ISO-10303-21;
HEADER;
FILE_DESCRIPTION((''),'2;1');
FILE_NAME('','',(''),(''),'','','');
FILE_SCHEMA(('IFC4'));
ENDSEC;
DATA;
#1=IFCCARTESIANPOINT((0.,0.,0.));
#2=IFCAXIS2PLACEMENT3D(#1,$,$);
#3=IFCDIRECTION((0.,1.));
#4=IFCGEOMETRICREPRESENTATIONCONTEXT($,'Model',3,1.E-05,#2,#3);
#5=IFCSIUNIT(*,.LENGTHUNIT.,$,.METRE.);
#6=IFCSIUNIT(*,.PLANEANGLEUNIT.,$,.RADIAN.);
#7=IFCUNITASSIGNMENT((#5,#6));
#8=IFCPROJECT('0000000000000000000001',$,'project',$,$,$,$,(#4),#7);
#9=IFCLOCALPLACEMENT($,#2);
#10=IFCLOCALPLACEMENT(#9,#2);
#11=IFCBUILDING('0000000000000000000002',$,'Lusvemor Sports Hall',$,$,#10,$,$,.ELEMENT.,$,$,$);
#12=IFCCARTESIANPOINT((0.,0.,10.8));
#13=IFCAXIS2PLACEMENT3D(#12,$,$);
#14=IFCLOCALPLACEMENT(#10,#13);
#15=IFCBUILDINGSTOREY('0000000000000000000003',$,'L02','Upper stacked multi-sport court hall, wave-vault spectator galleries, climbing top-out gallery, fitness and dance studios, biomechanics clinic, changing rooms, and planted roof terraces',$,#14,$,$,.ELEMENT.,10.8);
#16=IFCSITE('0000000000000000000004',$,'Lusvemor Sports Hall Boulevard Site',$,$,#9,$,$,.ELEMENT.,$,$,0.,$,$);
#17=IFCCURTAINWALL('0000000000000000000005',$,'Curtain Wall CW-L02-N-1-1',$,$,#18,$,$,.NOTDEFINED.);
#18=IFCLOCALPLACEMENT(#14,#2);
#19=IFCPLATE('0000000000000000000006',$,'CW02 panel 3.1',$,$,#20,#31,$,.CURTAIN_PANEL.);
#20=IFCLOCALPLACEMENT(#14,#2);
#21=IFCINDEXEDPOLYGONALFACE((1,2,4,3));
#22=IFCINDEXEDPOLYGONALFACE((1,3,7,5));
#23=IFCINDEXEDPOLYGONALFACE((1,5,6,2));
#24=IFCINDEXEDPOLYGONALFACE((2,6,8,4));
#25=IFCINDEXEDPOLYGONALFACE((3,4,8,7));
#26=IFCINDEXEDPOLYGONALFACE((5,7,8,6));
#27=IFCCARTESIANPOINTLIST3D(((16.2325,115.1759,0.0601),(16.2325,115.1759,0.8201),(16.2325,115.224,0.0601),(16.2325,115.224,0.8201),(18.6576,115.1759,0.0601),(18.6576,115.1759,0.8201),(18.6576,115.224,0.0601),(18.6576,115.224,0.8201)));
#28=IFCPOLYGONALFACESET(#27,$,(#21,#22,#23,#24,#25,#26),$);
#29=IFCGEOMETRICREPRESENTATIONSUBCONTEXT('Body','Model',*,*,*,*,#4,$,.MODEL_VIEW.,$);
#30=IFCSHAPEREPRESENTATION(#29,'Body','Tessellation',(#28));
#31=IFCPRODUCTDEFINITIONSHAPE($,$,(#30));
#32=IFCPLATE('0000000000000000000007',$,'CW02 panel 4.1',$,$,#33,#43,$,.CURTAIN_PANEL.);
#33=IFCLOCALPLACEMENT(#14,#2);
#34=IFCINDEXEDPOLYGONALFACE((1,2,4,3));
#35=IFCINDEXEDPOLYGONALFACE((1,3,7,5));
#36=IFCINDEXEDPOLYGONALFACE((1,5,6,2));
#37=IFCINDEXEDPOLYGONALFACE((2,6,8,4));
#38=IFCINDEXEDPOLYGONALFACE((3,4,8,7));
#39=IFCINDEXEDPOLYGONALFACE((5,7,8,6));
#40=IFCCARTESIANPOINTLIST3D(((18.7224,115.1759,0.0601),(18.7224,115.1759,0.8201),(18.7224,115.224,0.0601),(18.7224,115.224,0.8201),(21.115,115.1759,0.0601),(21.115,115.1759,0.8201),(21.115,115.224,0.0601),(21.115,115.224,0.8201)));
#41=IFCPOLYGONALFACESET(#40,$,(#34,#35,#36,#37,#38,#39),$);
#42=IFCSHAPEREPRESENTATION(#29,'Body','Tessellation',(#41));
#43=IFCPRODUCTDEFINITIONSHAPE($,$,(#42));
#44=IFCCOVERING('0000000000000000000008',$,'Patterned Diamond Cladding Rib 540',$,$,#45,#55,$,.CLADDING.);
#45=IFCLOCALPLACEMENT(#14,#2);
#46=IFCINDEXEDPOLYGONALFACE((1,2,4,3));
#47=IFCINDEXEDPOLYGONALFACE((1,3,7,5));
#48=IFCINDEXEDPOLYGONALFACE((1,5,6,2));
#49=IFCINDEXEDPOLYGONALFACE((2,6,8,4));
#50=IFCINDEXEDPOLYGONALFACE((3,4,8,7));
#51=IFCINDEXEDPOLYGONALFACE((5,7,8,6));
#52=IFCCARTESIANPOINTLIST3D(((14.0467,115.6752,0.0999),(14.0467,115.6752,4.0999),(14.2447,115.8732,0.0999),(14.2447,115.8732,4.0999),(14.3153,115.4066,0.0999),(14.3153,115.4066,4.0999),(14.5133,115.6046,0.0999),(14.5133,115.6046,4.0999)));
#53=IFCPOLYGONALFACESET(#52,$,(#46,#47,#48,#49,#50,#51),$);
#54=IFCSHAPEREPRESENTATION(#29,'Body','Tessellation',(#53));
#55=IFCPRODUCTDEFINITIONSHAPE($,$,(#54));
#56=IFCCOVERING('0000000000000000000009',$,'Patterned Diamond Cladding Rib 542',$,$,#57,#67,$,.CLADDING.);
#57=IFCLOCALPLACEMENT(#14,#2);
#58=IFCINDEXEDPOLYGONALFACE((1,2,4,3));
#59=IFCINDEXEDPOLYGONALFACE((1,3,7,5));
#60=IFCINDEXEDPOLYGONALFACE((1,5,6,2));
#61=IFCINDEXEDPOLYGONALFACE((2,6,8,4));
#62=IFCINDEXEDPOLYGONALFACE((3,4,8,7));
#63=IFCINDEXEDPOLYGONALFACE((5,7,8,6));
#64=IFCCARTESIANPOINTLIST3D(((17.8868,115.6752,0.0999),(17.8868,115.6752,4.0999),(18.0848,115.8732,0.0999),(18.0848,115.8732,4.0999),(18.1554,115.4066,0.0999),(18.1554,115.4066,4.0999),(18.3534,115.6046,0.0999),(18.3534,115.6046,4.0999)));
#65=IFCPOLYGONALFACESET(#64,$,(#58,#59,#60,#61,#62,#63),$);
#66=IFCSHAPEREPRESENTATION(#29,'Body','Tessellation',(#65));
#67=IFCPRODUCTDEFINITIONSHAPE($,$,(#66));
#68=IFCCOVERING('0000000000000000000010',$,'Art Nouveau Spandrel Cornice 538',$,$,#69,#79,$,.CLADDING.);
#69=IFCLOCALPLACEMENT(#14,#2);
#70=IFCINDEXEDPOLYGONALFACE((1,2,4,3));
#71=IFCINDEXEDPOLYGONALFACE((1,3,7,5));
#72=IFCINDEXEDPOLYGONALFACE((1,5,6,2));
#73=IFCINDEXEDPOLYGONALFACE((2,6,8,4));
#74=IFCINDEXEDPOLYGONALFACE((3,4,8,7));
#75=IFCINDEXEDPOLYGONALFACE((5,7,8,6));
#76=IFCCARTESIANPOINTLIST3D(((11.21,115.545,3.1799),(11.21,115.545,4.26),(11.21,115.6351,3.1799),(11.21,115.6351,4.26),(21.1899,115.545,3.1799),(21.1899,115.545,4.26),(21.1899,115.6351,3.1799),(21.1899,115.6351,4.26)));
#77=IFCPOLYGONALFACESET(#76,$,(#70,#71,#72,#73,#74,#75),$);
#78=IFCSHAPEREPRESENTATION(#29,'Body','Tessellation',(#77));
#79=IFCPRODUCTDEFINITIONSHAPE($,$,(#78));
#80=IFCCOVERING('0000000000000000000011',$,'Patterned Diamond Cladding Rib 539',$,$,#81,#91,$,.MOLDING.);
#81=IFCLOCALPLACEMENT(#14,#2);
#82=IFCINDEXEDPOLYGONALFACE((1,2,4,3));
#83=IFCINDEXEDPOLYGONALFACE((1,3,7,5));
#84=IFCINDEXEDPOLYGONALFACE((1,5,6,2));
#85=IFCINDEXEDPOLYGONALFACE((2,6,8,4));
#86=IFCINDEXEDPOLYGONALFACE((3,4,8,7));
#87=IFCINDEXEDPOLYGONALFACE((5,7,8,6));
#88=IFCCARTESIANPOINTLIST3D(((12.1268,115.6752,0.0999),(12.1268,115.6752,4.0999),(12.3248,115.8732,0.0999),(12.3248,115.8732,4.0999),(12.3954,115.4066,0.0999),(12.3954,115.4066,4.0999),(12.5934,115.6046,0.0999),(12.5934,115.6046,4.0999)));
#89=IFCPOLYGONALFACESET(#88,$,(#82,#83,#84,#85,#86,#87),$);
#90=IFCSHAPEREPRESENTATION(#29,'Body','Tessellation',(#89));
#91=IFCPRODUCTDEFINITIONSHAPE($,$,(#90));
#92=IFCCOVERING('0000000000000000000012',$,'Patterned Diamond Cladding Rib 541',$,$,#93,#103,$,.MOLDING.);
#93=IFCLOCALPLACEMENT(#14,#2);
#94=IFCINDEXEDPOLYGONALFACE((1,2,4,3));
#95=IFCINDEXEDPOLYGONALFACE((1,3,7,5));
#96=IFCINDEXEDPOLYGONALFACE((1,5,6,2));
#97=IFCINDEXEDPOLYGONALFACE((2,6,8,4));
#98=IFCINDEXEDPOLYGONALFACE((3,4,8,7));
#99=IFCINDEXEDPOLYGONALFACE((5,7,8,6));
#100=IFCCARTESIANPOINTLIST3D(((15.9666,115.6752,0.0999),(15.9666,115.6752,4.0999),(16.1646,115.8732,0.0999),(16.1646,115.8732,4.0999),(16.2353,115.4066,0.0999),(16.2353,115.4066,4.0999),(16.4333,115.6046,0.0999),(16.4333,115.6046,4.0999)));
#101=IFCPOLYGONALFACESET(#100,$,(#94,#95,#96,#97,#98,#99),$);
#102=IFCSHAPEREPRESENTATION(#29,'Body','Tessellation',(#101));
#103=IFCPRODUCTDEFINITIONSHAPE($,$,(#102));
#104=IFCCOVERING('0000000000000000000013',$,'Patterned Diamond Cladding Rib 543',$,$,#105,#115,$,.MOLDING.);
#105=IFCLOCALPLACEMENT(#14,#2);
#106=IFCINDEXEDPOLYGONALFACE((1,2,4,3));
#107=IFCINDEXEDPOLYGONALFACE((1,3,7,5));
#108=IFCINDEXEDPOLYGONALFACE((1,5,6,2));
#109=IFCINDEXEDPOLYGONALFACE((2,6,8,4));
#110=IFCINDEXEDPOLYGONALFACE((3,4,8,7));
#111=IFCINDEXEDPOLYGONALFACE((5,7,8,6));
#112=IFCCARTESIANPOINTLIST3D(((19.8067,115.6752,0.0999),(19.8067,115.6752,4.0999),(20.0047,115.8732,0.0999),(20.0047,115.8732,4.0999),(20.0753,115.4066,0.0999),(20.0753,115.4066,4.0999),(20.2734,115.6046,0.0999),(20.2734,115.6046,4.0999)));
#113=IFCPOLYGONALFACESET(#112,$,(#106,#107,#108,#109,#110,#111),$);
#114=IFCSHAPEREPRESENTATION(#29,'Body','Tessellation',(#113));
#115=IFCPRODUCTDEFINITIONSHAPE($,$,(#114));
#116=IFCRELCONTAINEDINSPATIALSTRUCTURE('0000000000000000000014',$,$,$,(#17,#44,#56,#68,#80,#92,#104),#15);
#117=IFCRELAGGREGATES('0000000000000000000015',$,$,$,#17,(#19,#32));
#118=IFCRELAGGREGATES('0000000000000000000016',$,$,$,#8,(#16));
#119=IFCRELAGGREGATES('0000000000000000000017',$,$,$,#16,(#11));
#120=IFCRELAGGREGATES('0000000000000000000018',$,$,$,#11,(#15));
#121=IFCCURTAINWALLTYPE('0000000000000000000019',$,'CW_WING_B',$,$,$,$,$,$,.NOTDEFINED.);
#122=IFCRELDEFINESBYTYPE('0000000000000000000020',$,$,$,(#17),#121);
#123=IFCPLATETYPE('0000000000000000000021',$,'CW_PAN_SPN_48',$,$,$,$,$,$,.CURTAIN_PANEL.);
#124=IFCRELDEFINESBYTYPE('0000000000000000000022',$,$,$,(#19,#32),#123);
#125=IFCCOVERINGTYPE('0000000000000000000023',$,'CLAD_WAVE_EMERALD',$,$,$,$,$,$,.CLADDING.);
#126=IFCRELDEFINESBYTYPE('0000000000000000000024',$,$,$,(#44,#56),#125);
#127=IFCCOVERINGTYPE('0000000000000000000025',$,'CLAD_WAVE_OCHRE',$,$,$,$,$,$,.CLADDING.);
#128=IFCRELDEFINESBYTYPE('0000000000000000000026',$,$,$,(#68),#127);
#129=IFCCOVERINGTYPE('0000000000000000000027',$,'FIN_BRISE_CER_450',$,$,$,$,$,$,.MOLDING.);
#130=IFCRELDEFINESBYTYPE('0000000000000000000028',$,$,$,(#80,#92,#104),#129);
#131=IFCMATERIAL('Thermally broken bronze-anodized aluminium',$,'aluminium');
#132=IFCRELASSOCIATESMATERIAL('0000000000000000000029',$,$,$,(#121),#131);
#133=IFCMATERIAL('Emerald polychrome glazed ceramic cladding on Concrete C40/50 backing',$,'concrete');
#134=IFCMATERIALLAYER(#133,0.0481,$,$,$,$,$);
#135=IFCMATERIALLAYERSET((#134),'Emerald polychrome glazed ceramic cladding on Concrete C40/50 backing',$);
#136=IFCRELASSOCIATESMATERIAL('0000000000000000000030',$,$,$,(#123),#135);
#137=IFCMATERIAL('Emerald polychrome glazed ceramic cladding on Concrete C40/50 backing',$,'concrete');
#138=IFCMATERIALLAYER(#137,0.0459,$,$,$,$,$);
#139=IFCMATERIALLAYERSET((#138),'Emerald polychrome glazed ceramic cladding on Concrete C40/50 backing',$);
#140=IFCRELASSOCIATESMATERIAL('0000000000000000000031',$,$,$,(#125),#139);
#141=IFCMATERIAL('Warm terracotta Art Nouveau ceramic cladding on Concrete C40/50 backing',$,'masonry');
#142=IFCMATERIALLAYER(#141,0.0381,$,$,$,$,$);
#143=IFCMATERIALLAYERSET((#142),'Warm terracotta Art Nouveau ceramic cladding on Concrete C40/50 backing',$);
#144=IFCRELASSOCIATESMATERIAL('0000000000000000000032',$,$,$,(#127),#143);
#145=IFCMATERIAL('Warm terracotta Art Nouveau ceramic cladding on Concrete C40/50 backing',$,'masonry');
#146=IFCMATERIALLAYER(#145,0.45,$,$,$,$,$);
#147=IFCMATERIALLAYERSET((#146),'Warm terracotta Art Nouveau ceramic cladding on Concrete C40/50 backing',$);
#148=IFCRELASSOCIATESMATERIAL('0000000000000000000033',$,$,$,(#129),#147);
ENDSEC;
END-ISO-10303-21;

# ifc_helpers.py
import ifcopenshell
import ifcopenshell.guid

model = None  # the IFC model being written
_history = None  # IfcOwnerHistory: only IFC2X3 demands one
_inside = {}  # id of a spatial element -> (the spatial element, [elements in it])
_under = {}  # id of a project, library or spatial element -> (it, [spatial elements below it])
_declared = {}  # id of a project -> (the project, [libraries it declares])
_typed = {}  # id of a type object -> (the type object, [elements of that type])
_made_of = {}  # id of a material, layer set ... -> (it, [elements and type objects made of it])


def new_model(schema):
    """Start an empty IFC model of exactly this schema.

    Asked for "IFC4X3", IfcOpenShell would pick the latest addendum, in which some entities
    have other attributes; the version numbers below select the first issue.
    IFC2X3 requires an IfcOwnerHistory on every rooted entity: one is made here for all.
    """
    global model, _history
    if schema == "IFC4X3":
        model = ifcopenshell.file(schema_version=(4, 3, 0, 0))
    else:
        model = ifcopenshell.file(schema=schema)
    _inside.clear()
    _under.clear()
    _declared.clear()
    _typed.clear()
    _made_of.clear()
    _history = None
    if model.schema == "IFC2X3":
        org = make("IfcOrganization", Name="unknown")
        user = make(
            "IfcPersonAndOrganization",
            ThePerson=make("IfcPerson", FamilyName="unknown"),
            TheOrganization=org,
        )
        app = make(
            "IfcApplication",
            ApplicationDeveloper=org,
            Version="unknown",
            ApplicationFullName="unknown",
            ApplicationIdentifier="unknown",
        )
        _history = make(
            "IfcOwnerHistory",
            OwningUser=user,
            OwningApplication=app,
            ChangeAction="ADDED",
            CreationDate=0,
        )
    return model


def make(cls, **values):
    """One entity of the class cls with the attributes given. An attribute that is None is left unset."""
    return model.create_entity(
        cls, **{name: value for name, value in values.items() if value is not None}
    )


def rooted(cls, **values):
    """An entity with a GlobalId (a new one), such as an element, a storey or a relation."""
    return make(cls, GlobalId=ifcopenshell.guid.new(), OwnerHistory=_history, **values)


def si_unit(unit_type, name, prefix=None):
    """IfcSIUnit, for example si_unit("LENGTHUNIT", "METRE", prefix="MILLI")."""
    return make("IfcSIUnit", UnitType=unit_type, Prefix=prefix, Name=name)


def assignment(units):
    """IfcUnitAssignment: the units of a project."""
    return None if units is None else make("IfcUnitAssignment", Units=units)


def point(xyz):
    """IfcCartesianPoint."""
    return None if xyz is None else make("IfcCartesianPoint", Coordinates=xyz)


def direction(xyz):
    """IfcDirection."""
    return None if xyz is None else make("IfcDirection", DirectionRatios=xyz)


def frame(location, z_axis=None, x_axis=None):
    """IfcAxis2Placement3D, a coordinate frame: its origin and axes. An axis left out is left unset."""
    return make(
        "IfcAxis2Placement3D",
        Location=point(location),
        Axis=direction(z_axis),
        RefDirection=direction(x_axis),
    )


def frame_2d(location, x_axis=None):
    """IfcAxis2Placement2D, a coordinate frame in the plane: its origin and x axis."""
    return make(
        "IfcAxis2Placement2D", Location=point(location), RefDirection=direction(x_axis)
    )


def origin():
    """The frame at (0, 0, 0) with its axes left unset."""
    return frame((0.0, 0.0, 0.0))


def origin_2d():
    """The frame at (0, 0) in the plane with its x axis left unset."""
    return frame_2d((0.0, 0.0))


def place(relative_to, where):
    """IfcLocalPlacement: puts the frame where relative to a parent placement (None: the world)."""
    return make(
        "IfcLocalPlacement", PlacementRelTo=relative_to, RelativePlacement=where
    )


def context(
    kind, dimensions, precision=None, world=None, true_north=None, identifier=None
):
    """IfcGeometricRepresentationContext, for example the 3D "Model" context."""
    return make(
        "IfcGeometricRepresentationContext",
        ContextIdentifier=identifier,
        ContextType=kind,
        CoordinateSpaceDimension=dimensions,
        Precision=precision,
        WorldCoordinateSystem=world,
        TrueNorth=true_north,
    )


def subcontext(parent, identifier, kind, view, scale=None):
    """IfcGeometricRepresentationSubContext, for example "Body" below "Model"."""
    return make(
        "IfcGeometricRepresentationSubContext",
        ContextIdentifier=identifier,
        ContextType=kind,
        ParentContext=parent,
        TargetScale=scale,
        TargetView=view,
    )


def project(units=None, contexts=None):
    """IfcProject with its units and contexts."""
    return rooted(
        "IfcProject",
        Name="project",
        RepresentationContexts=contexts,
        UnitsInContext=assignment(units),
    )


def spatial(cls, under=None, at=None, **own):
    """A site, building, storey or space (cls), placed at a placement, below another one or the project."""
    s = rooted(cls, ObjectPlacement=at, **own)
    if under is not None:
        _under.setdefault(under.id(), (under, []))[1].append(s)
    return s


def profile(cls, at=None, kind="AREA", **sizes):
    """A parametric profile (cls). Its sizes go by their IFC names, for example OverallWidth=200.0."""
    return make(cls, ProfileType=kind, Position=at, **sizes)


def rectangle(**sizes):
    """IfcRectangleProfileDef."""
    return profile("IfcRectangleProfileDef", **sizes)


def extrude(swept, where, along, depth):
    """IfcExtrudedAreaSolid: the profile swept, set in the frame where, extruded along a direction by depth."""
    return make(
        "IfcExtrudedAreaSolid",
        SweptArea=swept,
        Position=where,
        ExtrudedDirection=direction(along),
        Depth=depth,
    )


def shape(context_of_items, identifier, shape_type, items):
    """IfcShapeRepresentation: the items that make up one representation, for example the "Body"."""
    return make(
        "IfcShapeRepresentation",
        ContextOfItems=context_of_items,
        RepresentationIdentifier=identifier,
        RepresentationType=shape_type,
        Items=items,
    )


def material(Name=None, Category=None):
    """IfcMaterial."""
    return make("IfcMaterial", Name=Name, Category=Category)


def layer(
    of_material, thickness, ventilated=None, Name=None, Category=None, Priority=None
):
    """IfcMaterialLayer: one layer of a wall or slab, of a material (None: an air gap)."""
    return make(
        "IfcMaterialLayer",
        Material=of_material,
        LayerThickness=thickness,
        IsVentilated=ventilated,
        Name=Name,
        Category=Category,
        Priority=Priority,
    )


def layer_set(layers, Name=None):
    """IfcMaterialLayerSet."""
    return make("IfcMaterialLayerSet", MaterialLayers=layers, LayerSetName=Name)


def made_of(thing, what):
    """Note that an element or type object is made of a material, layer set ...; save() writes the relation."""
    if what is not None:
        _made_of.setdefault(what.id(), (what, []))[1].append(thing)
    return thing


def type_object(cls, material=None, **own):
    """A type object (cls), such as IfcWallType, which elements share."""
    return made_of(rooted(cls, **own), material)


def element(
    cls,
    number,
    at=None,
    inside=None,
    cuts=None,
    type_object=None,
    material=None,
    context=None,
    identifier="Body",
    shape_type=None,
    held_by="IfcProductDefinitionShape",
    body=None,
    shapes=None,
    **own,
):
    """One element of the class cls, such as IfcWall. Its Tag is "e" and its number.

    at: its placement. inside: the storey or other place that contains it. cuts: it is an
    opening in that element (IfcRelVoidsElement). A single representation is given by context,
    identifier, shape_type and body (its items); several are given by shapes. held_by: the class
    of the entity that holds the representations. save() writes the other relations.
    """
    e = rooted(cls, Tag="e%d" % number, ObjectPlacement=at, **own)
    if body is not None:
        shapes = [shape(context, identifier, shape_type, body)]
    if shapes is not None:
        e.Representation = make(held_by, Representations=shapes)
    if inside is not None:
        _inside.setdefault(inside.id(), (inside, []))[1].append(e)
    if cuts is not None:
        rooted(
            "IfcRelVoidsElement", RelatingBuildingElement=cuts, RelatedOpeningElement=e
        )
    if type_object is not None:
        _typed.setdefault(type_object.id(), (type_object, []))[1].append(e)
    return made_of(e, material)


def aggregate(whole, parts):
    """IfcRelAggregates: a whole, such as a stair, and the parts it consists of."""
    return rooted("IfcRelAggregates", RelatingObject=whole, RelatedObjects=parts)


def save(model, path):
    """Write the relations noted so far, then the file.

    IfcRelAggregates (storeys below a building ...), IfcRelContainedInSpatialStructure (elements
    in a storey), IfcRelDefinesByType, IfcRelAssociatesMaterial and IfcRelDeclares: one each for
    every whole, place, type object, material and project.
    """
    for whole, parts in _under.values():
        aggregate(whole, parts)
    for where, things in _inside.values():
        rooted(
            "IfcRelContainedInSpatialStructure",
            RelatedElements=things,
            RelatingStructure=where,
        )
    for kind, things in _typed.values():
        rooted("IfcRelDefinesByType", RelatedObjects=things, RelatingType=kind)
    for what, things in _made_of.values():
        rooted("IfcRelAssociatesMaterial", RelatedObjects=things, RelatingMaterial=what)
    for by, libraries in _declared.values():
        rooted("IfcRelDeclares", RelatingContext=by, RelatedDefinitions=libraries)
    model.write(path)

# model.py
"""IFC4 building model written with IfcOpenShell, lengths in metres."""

from ifc_helpers import new_model, si_unit, direction, frame, origin, origin_2d, place, context, subcontext, project, spatial, rectangle, extrude, material, layer, layer_set, type_object, element, aggregate, save


model = new_model("IFC4")

# Units and contexts
model_context = context("Model", 3, precision=1e-05, world=origin(), true_north=direction((0.0, 1.0)))
body_context = subcontext(model_context, "Body", "Model", "MODEL_VIEW")
ifc_project = project(units=[si_unit("LENGTHUNIT", "METRE"), si_unit("PLANEANGLEUNIT", "RADIAN")], contexts=[model_context])

# Site, building, storey
site_placement = place(None, origin())
site = spatial("IfcSite", under=ifc_project, at=site_placement, Name="Lusvemor Sports Hall Boulevard Site", CompositionType="ELEMENT", RefElevation=0.0)
building_placement = place(site_placement, origin())
building = spatial("IfcBuilding", under=site, at=building_placement, Name="Lusvemor Sports Hall", CompositionType="ELEMENT")
storey_placement = place(building_placement, frame((0.0, 0.0, 10.8)))
storey = spatial("IfcBuildingStorey", under=building, at=storey_placement, Name="L02", Description="Upper stacked multi-sport court hall, wave-vault spectator galleries, climbing top-out gallery, fitness and dance studios, biomechanics clinic, changing rooms, and planted roof terraces", CompositionType="ELEMENT", Elevation=10.8)

# Curtain wall, plates
ifc_material_1 = material(Name="Thermally broken bronze-anodized aluminium", Category="aluminium")
curtain_wall_type = type_object("IfcCurtainWallType", Name="CW_WING_B", PredefinedType="NOTDEFINED", material=ifc_material_1)
curtain_wall_placement = place(storey_placement, origin())
curtain_wall = element("IfcCurtainWall", 1, at=curtain_wall_placement, inside=storey, type_object=curtain_wall_type, Name="Curtain Wall CW-L02-N-1-1", PredefinedType="NOTDEFINED")
ifc_material_2 = material(Name="Emerald polychrome glazed ceramic cladding on Concrete C40/50 backing", Category="concrete")
ifc_layer_1 = layer(ifc_material_2, 0.0481)
ifc_layer_set_1 = layer_set([ifc_layer_1], Name="Emerald polychrome glazed ceramic cladding on Concrete C40/50 backing")
plate_type_1 = type_object("IfcPlateType", Name="CW_PAN_SPN_48", PredefinedType="CURTAIN_PANEL", material=ifc_layer_set_1)
plate_1_placement = place(storey_placement, frame((17.4451, 115.2, 0.0601), z_axis=(0.0, 0.0, 1.0), x_axis=(1.0, 0.0, 0.0)))
plate_1 = element("IfcPlate", 2, at=plate_1_placement, type_object=plate_type_1, Name="CW02 panel 3.1", PredefinedType="CURTAIN_PANEL", context=body_context, shape_type="SweptSolid", body=[
    extrude(rectangle(XDim=2.425, YDim=0.0481, at=origin_2d()), origin(), (0.0, 0.0, 1.0), 0.76),
])
plate_2_placement = place(storey_placement, frame((19.9187, 115.2, 0.0601), z_axis=(0.0, 0.0, 1.0), x_axis=(1.0, 0.0, 0.0)))
plate_2 = element("IfcPlate", 3, at=plate_2_placement, type_object=plate_type_1, Name="CW02 panel 4.1", PredefinedType="CURTAIN_PANEL", context=body_context, shape_type="SweptSolid", body=[
    extrude(rectangle(XDim=2.3926, YDim=0.0481, at=origin_2d()), origin(), (0.0, 0.0, 1.0), 0.76),
])
aggregate(curtain_wall, [plate_1, plate_2])

# Coverings
ifc_material_3 = material(Name="Emerald polychrome glazed ceramic cladding on Concrete C40/50 backing", Category="concrete")
ifc_layer_2 = layer(ifc_material_3, 0.0459)
ifc_layer_set_2 = layer_set([ifc_layer_2], Name="Emerald polychrome glazed ceramic cladding on Concrete C40/50 backing")
covering_type_1 = type_object("IfcCoveringType", Name="CLAD_WAVE_EMERALD", PredefinedType="CLADDING", material=ifc_layer_set_2)
for number, where, z_axis, x_axis, name in (
    (4, (14.28, 115.6399, 0.0999), (0.0, 0.0, 1.0), (0.707107, 0.707107, 0.0), "Patterned Diamond Cladding Rib 540"),
    (5, (18.1201, 115.6399, 0.0999), (0.0, 0.0, 1.0), (0.707107, 0.707107, 0.0), "Patterned Diamond Cladding Rib 542"),
):
    element("IfcCovering", number, at=place(storey_placement, frame(where, z_axis=z_axis, x_axis=x_axis)), inside=storey, type_object=covering_type_1, Name=name, PredefinedType="CLADDING", context=body_context, shape_type="SweptSolid", body=[
        extrude(rectangle(XDim=0.28, YDim=0.3799, at=origin_2d()), origin(), (0.0, 0.0, 1.0), 4.0),
    ])
ifc_material_4 = material(Name="Warm terracotta Art Nouveau ceramic cladding on Concrete C40/50 backing", Category="masonry")
ifc_layer_3 = layer(ifc_material_4, 0.0381)
ifc_layer_set_3 = layer_set([ifc_layer_3], Name="Warm terracotta Art Nouveau ceramic cladding on Concrete C40/50 backing")
covering_type_2 = type_object("IfcCoveringType", Name="CLAD_WAVE_OCHRE", PredefinedType="CLADDING", material=ifc_layer_set_3)
covering_placement = place(storey_placement, frame((16.2, 115.5901, 3.1799), z_axis=(0.0, 0.0, 1.0), x_axis=(1.0, 0.0, 0.0)))
element("IfcCovering", 6, at=covering_placement, inside=storey, type_object=covering_type_2, Name="Art Nouveau Spandrel Cornice 538", PredefinedType="CLADDING", context=body_context, shape_type="SweptSolid", body=[
    extrude(rectangle(XDim=9.98, YDim=0.0901, at=origin_2d()), origin(), (0.0, 0.0, 1.0), 1.0801),
])
ifc_material_5 = material(Name="Warm terracotta Art Nouveau ceramic cladding on Concrete C40/50 backing", Category="masonry")
ifc_layer_4 = layer(ifc_material_5, 0.45)
ifc_layer_set_4 = layer_set([ifc_layer_4], Name="Warm terracotta Art Nouveau ceramic cladding on Concrete C40/50 backing")
covering_type_3 = type_object("IfcCoveringType", Name="FIN_BRISE_CER_450", PredefinedType="MOLDING", material=ifc_layer_set_4)
for number, where, z_axis, x_axis, name in (
    (7, (12.3601, 115.6399, 0.0999), (0.0, 0.0, 1.0), (0.707107, 0.707107, 0.0), "Patterned Diamond Cladding Rib 539"),
    (8, (16.2, 115.6399, 0.0999), (0.0, 0.0, 1.0), (0.707107, 0.707107, 0.0), "Patterned Diamond Cladding Rib 541"),
    (9, (20.04, 115.6399, 0.0999), (0.0, 0.0, 1.0), (0.707107, 0.707107, 0.0), "Patterned Diamond Cladding Rib 543"),
):
    element("IfcCovering", number, at=place(storey_placement, frame(where, z_axis=z_axis, x_axis=x_axis)), inside=storey, type_object=covering_type_3, Name=name, PredefinedType="MOLDING", context=body_context, shape_type="SweptSolid", body=[
        extrude(rectangle(XDim=0.28, YDim=0.3799, at=origin_2d()), origin(), (0.0, 0.0, 1.0), 4.0),
    ])

save(model, "model.ifc")
